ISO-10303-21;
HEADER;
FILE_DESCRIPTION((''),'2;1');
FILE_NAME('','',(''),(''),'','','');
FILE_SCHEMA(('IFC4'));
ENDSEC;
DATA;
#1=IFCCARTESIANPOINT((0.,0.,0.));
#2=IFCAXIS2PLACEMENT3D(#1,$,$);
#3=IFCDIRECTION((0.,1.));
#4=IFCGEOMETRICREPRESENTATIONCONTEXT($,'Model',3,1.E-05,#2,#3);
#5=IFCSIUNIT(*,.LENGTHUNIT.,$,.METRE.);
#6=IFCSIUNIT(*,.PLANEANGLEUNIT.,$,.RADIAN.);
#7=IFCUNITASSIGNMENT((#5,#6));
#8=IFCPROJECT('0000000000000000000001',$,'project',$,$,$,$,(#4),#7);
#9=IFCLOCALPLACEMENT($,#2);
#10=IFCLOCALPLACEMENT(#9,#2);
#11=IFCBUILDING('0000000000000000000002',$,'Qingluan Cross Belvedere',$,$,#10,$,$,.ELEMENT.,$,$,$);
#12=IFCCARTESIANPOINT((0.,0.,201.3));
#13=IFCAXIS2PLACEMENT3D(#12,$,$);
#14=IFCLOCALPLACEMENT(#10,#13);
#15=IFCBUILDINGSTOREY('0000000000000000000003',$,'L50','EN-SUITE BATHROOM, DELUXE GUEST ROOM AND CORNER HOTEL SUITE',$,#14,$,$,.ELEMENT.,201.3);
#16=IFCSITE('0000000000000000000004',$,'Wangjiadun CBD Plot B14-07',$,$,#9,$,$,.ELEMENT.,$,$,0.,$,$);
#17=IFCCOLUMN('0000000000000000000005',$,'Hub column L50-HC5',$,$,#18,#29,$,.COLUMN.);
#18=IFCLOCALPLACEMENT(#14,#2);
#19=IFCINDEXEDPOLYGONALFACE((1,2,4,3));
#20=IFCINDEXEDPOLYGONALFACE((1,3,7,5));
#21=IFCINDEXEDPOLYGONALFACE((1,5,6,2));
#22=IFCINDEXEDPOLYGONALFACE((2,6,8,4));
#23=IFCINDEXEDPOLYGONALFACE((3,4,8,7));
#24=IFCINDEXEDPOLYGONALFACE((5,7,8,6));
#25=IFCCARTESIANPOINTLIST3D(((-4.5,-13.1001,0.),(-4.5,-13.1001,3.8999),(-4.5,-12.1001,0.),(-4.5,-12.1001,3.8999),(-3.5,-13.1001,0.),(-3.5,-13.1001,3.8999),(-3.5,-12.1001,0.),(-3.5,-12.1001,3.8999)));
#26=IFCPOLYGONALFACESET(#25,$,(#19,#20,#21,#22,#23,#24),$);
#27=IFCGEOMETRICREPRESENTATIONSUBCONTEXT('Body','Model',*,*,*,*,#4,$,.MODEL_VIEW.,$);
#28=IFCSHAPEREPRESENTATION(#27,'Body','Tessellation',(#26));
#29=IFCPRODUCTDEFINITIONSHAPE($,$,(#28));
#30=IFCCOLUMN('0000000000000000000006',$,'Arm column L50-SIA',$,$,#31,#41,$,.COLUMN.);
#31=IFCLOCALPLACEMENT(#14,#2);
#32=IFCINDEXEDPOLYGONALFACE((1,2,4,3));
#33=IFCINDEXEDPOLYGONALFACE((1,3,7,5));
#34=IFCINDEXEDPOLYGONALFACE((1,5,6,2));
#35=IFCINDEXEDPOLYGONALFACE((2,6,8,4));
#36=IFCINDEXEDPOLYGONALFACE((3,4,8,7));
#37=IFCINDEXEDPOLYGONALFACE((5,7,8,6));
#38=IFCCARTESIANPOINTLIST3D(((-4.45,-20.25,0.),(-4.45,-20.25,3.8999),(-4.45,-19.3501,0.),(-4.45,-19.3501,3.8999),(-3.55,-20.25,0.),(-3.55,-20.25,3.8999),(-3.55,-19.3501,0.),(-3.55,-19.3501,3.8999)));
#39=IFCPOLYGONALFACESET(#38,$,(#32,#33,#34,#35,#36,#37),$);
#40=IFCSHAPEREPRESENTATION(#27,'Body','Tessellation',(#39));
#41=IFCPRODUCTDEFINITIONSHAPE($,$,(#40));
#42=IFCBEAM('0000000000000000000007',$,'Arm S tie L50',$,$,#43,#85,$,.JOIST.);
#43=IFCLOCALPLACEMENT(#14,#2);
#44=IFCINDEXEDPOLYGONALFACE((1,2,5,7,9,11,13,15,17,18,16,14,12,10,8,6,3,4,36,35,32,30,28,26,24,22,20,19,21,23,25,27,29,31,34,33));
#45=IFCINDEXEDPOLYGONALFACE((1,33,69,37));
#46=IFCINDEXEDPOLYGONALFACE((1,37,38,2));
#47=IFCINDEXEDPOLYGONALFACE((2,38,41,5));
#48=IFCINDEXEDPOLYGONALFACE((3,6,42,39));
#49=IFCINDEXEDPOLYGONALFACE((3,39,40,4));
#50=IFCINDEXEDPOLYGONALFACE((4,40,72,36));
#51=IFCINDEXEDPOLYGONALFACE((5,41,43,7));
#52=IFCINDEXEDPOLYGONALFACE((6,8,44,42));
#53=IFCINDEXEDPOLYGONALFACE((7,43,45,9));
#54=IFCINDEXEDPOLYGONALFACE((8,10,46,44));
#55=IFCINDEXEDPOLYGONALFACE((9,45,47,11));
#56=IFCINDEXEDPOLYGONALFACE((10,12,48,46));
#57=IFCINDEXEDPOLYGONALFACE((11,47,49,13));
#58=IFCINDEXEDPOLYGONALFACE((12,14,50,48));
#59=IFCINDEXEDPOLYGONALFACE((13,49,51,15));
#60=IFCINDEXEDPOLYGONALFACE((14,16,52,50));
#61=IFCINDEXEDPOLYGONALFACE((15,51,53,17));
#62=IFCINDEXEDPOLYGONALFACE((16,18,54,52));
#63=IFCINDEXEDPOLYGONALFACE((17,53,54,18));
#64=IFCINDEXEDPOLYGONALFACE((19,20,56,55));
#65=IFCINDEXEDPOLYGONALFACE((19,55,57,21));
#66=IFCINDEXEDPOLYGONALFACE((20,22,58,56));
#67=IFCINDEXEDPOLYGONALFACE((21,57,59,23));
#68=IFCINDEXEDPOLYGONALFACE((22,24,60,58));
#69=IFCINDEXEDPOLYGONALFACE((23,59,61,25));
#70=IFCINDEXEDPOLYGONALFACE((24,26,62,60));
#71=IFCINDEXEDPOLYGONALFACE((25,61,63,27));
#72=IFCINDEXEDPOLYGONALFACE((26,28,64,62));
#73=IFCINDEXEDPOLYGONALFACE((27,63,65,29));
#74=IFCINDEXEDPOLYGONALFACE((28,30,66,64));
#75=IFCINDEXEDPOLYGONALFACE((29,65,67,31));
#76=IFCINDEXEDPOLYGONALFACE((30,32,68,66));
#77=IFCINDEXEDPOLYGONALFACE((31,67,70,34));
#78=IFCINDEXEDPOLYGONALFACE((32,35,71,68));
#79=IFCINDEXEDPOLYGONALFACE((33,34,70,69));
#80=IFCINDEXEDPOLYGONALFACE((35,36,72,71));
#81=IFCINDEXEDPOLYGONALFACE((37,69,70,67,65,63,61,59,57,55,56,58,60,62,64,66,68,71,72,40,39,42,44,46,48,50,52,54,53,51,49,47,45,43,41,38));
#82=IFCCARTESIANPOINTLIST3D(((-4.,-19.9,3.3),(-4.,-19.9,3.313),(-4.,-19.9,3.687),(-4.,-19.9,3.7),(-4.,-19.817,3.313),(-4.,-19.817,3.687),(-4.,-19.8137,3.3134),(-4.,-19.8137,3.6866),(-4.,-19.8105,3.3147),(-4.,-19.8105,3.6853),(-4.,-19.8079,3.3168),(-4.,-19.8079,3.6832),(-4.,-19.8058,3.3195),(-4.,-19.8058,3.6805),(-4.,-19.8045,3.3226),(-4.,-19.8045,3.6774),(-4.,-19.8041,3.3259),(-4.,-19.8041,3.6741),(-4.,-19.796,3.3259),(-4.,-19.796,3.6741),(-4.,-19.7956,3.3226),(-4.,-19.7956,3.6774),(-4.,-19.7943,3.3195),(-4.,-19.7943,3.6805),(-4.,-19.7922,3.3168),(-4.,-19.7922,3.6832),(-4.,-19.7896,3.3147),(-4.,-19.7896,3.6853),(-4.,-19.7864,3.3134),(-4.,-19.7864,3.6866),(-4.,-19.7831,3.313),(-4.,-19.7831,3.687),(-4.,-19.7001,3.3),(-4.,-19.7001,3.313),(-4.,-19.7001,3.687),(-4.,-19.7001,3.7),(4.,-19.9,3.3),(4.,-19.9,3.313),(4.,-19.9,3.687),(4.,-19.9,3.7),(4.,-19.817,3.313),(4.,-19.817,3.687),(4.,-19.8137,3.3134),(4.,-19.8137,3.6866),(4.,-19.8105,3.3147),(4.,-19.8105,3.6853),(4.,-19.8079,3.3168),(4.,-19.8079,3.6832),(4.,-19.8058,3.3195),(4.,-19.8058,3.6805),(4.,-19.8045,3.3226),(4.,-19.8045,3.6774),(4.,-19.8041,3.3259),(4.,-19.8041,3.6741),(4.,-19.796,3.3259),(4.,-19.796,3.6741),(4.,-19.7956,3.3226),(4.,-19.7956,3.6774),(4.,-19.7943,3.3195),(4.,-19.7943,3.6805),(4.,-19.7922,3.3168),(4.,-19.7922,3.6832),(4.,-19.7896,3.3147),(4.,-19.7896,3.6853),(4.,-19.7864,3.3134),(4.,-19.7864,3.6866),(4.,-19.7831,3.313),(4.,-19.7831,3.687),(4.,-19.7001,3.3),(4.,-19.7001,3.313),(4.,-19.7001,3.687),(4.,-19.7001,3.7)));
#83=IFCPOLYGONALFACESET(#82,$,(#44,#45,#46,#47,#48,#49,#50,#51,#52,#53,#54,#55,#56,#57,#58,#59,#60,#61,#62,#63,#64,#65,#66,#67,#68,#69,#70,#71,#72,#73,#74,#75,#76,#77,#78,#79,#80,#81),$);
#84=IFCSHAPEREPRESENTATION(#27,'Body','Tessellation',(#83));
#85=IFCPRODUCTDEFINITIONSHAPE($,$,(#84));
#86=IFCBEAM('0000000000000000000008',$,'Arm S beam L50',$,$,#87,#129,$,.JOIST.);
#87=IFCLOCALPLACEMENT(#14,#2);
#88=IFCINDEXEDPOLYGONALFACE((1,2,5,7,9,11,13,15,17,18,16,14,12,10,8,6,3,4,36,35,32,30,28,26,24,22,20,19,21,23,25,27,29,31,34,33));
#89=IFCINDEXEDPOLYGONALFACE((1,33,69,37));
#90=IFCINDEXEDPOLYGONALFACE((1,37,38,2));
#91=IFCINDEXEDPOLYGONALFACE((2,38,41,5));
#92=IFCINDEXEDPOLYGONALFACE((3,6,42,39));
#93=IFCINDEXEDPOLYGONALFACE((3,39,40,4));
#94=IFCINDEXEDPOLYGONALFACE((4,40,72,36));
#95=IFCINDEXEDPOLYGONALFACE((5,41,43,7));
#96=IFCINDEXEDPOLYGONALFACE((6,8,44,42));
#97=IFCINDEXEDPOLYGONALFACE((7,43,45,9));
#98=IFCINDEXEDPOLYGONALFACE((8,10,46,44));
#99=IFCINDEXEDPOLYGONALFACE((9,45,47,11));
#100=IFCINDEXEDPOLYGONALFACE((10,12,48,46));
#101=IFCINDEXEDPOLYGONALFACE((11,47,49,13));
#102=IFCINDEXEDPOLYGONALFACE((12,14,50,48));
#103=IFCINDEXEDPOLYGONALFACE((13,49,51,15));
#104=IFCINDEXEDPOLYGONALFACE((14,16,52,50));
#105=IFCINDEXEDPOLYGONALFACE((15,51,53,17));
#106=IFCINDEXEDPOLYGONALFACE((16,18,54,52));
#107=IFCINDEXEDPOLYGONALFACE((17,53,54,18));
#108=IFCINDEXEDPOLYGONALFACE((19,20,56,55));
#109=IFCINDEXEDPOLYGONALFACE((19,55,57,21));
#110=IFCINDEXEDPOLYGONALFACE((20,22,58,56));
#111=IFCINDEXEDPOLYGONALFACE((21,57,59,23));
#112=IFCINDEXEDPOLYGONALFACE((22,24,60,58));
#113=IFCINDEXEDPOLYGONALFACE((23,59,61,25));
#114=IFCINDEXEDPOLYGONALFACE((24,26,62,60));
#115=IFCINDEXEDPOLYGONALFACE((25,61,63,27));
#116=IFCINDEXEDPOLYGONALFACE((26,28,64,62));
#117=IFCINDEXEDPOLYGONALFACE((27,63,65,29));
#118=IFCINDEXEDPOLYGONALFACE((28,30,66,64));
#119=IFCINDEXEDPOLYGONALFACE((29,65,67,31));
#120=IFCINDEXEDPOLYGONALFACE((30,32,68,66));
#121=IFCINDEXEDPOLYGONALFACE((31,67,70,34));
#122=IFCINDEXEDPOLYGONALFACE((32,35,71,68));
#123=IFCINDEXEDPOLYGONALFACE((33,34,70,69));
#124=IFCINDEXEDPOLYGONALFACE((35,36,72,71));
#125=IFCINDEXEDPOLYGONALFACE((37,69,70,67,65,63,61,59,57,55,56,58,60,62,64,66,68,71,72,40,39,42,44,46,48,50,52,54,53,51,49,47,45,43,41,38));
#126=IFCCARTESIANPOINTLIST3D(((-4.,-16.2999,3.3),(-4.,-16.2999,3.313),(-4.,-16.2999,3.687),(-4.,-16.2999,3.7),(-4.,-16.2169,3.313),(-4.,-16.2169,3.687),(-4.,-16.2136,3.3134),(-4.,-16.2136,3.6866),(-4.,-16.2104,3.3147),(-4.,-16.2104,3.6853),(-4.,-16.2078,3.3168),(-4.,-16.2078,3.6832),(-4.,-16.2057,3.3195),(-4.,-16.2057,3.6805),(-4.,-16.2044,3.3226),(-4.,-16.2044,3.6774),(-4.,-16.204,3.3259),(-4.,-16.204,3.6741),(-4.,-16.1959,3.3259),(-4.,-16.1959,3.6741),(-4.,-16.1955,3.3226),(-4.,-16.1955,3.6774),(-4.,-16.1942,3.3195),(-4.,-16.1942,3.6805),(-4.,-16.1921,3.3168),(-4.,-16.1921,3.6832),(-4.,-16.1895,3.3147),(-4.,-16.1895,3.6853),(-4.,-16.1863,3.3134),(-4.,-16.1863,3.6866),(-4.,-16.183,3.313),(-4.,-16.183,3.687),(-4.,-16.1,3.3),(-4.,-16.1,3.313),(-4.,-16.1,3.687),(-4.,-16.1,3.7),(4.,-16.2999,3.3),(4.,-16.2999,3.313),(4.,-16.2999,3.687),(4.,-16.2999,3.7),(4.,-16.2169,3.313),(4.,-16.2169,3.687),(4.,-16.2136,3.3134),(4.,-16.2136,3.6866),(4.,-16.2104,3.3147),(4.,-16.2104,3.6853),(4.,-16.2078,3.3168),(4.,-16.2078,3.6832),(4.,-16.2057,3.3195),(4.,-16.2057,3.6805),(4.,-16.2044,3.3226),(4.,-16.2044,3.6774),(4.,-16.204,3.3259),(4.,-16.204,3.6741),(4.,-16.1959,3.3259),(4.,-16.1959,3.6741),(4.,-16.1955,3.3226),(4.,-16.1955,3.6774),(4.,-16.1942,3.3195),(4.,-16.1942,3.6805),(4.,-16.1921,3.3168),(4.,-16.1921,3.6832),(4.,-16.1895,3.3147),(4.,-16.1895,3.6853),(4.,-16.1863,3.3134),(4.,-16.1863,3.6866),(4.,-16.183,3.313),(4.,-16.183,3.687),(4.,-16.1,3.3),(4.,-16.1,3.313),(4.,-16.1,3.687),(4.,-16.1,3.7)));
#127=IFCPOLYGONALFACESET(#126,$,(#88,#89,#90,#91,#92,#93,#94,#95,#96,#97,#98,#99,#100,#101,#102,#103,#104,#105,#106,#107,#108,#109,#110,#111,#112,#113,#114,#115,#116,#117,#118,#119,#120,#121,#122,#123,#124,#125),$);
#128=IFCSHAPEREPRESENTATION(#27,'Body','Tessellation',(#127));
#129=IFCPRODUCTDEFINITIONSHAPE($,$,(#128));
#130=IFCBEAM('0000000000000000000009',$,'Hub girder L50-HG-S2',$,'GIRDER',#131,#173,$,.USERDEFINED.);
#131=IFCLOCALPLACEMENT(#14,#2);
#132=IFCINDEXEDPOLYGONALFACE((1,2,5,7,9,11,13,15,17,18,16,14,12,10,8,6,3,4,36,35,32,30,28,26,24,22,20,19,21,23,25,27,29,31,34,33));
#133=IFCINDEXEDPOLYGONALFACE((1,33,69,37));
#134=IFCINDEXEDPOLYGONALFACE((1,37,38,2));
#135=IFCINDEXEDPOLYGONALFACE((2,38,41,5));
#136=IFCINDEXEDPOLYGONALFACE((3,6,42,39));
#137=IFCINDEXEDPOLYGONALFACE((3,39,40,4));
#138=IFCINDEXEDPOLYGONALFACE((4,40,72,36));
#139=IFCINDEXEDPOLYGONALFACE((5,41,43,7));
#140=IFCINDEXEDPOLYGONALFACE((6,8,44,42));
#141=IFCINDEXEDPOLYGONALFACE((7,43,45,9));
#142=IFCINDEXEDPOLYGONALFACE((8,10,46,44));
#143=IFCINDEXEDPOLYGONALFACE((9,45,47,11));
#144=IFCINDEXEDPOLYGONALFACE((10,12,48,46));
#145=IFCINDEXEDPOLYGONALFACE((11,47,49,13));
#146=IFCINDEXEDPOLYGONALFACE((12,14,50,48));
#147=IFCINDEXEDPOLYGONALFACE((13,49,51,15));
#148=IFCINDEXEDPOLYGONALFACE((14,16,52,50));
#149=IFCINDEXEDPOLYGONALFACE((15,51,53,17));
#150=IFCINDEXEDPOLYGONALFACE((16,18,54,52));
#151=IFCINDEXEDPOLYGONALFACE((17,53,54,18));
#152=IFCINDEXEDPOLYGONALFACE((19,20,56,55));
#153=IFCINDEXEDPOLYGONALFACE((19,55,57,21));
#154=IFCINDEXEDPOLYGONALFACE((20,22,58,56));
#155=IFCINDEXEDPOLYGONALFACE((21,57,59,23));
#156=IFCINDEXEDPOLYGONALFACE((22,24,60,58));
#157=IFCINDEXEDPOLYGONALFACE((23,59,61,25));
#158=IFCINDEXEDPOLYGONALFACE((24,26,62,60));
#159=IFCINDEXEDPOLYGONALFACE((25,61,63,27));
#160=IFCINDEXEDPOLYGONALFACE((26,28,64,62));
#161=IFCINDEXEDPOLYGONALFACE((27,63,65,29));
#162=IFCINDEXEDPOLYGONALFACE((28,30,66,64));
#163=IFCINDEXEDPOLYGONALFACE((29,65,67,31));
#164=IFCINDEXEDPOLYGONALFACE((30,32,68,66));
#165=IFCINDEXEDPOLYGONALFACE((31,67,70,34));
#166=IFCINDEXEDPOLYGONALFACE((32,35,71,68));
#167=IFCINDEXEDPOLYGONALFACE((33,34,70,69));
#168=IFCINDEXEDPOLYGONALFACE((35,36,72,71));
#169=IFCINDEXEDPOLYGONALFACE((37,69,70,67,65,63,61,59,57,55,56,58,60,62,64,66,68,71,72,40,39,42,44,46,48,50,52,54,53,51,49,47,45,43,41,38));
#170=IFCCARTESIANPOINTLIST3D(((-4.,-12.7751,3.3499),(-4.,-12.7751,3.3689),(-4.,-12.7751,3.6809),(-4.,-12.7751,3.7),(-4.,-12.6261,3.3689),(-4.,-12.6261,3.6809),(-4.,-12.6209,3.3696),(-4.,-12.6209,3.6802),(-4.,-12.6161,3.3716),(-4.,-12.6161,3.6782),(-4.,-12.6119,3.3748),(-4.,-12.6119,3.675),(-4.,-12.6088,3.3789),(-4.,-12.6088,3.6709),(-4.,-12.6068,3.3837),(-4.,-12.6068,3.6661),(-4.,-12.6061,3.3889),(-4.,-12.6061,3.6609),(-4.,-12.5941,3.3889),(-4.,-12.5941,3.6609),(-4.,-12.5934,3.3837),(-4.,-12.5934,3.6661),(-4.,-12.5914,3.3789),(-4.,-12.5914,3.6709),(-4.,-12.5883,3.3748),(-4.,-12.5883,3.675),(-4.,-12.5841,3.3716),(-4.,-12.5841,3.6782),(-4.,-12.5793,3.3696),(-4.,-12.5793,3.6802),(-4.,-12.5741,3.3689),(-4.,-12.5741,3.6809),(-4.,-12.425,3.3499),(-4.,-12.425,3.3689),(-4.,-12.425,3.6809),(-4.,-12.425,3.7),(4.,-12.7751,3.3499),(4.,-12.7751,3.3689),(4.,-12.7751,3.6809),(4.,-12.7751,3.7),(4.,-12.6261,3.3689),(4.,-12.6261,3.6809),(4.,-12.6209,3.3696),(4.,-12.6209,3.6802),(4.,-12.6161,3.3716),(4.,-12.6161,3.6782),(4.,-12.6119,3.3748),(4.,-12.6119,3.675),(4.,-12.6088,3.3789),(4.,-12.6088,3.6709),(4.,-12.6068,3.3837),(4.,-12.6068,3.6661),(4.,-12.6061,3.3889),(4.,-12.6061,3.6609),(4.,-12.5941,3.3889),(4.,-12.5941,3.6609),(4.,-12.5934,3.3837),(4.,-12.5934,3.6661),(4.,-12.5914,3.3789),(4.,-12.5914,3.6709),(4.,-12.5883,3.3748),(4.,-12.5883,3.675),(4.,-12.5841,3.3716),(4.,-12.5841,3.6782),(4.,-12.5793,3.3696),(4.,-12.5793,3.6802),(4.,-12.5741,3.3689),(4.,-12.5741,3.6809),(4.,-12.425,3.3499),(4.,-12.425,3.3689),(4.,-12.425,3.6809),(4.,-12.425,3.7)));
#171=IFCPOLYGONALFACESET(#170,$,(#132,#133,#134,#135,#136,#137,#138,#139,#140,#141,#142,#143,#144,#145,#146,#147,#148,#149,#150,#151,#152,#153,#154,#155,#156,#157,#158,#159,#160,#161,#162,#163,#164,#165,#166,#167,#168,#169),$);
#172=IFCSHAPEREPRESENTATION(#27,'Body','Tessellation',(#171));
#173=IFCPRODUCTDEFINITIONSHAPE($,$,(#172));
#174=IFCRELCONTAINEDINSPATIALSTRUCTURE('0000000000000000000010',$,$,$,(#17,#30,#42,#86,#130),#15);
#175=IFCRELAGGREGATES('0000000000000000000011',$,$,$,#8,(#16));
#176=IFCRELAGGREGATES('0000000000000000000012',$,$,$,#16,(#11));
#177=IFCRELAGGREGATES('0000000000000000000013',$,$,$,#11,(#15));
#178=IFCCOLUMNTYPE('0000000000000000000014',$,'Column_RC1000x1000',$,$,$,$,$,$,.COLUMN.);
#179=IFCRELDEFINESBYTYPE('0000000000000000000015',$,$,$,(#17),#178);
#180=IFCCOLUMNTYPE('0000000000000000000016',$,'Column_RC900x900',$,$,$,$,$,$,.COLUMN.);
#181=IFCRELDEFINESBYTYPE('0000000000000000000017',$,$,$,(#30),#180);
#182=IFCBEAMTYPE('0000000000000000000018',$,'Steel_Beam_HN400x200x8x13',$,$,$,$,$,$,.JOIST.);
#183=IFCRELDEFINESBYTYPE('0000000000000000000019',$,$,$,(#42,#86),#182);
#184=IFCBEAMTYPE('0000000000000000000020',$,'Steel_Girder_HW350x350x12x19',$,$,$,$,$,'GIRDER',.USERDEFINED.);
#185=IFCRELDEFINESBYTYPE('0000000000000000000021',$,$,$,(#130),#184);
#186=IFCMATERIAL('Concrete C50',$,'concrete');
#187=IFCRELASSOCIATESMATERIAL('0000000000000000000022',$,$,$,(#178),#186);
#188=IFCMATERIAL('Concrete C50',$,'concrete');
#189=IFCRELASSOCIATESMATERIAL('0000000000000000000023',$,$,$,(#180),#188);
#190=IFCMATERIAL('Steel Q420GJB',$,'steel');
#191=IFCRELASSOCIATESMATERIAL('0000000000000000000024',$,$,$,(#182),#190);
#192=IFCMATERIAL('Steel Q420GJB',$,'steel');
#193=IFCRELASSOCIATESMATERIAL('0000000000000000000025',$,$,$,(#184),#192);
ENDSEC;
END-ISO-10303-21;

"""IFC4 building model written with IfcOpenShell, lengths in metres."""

from ifc_helpers import new_model, si_unit, direction, frame, origin, origin_2d, place, context, subcontext, project, spatial, rectangle, i_section, extrude, material, material_profile, profile_set, type_object, element, save


model = new_model("IFC4")

# Units and contexts
model_context = context("Model", 3, precision=1e-05, world=origin(), true_north=direction((0.0, 1.0)))
body_context = subcontext(model_context, "Body", "Model", "MODEL_VIEW")
ifc_project = project(units=[si_unit("LENGTHUNIT", "METRE"), si_unit("PLANEANGLEUNIT", "RADIAN")], contexts=[model_context])

# Site, building, storey
site_placement = place(None, origin())
site = spatial("IfcSite", under=ifc_project, at=site_placement, Name="Wangjiadun CBD Plot B14-07", CompositionType="ELEMENT", RefElevation=0.0)
building_placement = place(site_placement, origin())
building = spatial("IfcBuilding", under=site, at=building_placement, Name="Qingluan Cross Belvedere", CompositionType="ELEMENT")
storey_placement = place(building_placement, frame((0.0, 0.0, 201.3)))
storey = spatial("IfcBuildingStorey", under=building, at=storey_placement, Name="L50", Description="EN-SUITE BATHROOM, DELUXE GUEST ROOM AND CORNER HOTEL SUITE", CompositionType="ELEMENT", Elevation=201.3)

# Columns
ifc_material_1 = material(Name="Concrete C50", Category="concrete")
ifc_material_profile_1 = material_profile(ifc_material_1, rectangle(XDim=1.0, YDim=1.0, at=origin_2d()), Name="RC1000x1000")
ifc_profile_set_1 = profile_set([ifc_material_profile_1], Name="Concrete C50")
column_type_1 = type_object("IfcColumnType", Name="Column_RC1000x1000", PredefinedType="COLUMN", material=ifc_profile_set_1)
column_1_placement = place(storey_placement, frame((-4.0, -12.6001, 0.0), z_axis=(0.0, 0.0, 1.0), x_axis=(1.0, 0.0, 0.0)))
element("IfcColumn", 1, at=column_1_placement, inside=storey, type_object=column_type_1, Name="Hub column L50-HC5", PredefinedType="COLUMN", context=body_context, shape_type="SweptSolid", body=[
    extrude(rectangle(XDim=1.0, YDim=1.0, at=origin_2d()), origin(), (0.0, 0.0, 1.0), 3.8999),
])
ifc_material_2 = material(Name="Concrete C50", Category="concrete")
ifc_material_profile_2 = material_profile(ifc_material_2, rectangle(XDim=0.8999, YDim=0.8999, at=origin_2d()), Name="RC900x900")
ifc_profile_set_2 = profile_set([ifc_material_profile_2], Name="Concrete C50")
column_type_2 = type_object("IfcColumnType", Name="Column_RC900x900", PredefinedType="COLUMN", material=ifc_profile_set_2)
column_2_placement = place(storey_placement, frame((-4.0, -19.8, 0.0), z_axis=(0.0, 0.0, 1.0), x_axis=(1.0, 0.0, 0.0)))
element("IfcColumn", 2, at=column_2_placement, inside=storey, type_object=column_type_2, Name="Arm column L50-SIA", PredefinedType="COLUMN", context=body_context, shape_type="SweptSolid", body=[
    extrude(rectangle(XDim=0.8999, YDim=0.8999, at=origin_2d()), origin(), (0.0, 0.0, 1.0), 3.8999),
])

# Beams
ifc_material_3 = material(Name="Steel Q420GJB", Category="steel")
ifc_material_profile_3 = material_profile(ifc_material_3, i_section(OverallWidth=0.2, OverallDepth=0.3999, WebThickness=0.0081, FlangeThickness=0.0129, FilletRadius=0.0129, at=origin_2d()), Name="HN400x200x8x13")
ifc_profile_set_3 = profile_set([ifc_material_profile_3], Name="Steel Q420GJB")
beam_type_1 = type_object("IfcBeamType", Name="Steel_Beam_HN400x200x8x13", PredefinedType="JOIST", material=ifc_profile_set_3)
for number, where, z_axis, x_axis, name in (
    (3, (-4.0, -19.8, 3.5), (1.0, 0.0, 0.0), (0.0, 1.0, 0.0), "Arm S tie L50"),
    (4, (-4.0, -16.2, 3.5), (1.0, 0.0, 0.0), (0.0, 1.0, 0.0), "Arm S beam L50"),
):
    element("IfcBeam", number, at=place(storey_placement, frame(where, z_axis=z_axis, x_axis=x_axis)), inside=storey, type_object=beam_type_1, Name=name, PredefinedType="JOIST", context=body_context, shape_type="SweptSolid", body=[
        extrude(i_section(OverallWidth=0.2, OverallDepth=0.3999, WebThickness=0.0081, FlangeThickness=0.0129, FilletRadius=0.0129, at=origin_2d()), origin(), (0.0, 0.0, 1.0), 8.0),
    ])
ifc_material_4 = material(Name="Steel Q420GJB", Category="steel")
ifc_material_profile_4 = material_profile(ifc_material_4, i_section(OverallWidth=0.3501, OverallDepth=0.3501, WebThickness=0.012, FlangeThickness=0.019, FilletRadius=0.02, at=origin_2d()), Name="HW350x350x12x19")
ifc_profile_set_4 = profile_set([ifc_material_profile_4], Name="Steel Q420GJB")
beam_type_2 = type_object("IfcBeamType", Name="Steel_Girder_HW350x350x12x19", ElementType="GIRDER", PredefinedType="USERDEFINED", material=ifc_profile_set_4)
beam_1_placement = place(storey_placement, frame((-4.0, -12.6001, 3.5249), z_axis=(1.0, 0.0, 0.0), x_axis=(0.0, 1.0, 0.0)))
element("IfcBeam", 5, at=beam_1_placement, inside=storey, type_object=beam_type_2, Name="Hub girder L50-HG-S2", ObjectType="GIRDER", PredefinedType="USERDEFINED", context=body_context, shape_type="SweptSolid", body=[
    extrude(i_section(OverallWidth=0.3501, OverallDepth=0.3501, WebThickness=0.012, FlangeThickness=0.019, FilletRadius=0.02, at=origin_2d()), origin(), (0.0, 0.0, 1.0), 8.0),
])

save(model, "model.ifc")
